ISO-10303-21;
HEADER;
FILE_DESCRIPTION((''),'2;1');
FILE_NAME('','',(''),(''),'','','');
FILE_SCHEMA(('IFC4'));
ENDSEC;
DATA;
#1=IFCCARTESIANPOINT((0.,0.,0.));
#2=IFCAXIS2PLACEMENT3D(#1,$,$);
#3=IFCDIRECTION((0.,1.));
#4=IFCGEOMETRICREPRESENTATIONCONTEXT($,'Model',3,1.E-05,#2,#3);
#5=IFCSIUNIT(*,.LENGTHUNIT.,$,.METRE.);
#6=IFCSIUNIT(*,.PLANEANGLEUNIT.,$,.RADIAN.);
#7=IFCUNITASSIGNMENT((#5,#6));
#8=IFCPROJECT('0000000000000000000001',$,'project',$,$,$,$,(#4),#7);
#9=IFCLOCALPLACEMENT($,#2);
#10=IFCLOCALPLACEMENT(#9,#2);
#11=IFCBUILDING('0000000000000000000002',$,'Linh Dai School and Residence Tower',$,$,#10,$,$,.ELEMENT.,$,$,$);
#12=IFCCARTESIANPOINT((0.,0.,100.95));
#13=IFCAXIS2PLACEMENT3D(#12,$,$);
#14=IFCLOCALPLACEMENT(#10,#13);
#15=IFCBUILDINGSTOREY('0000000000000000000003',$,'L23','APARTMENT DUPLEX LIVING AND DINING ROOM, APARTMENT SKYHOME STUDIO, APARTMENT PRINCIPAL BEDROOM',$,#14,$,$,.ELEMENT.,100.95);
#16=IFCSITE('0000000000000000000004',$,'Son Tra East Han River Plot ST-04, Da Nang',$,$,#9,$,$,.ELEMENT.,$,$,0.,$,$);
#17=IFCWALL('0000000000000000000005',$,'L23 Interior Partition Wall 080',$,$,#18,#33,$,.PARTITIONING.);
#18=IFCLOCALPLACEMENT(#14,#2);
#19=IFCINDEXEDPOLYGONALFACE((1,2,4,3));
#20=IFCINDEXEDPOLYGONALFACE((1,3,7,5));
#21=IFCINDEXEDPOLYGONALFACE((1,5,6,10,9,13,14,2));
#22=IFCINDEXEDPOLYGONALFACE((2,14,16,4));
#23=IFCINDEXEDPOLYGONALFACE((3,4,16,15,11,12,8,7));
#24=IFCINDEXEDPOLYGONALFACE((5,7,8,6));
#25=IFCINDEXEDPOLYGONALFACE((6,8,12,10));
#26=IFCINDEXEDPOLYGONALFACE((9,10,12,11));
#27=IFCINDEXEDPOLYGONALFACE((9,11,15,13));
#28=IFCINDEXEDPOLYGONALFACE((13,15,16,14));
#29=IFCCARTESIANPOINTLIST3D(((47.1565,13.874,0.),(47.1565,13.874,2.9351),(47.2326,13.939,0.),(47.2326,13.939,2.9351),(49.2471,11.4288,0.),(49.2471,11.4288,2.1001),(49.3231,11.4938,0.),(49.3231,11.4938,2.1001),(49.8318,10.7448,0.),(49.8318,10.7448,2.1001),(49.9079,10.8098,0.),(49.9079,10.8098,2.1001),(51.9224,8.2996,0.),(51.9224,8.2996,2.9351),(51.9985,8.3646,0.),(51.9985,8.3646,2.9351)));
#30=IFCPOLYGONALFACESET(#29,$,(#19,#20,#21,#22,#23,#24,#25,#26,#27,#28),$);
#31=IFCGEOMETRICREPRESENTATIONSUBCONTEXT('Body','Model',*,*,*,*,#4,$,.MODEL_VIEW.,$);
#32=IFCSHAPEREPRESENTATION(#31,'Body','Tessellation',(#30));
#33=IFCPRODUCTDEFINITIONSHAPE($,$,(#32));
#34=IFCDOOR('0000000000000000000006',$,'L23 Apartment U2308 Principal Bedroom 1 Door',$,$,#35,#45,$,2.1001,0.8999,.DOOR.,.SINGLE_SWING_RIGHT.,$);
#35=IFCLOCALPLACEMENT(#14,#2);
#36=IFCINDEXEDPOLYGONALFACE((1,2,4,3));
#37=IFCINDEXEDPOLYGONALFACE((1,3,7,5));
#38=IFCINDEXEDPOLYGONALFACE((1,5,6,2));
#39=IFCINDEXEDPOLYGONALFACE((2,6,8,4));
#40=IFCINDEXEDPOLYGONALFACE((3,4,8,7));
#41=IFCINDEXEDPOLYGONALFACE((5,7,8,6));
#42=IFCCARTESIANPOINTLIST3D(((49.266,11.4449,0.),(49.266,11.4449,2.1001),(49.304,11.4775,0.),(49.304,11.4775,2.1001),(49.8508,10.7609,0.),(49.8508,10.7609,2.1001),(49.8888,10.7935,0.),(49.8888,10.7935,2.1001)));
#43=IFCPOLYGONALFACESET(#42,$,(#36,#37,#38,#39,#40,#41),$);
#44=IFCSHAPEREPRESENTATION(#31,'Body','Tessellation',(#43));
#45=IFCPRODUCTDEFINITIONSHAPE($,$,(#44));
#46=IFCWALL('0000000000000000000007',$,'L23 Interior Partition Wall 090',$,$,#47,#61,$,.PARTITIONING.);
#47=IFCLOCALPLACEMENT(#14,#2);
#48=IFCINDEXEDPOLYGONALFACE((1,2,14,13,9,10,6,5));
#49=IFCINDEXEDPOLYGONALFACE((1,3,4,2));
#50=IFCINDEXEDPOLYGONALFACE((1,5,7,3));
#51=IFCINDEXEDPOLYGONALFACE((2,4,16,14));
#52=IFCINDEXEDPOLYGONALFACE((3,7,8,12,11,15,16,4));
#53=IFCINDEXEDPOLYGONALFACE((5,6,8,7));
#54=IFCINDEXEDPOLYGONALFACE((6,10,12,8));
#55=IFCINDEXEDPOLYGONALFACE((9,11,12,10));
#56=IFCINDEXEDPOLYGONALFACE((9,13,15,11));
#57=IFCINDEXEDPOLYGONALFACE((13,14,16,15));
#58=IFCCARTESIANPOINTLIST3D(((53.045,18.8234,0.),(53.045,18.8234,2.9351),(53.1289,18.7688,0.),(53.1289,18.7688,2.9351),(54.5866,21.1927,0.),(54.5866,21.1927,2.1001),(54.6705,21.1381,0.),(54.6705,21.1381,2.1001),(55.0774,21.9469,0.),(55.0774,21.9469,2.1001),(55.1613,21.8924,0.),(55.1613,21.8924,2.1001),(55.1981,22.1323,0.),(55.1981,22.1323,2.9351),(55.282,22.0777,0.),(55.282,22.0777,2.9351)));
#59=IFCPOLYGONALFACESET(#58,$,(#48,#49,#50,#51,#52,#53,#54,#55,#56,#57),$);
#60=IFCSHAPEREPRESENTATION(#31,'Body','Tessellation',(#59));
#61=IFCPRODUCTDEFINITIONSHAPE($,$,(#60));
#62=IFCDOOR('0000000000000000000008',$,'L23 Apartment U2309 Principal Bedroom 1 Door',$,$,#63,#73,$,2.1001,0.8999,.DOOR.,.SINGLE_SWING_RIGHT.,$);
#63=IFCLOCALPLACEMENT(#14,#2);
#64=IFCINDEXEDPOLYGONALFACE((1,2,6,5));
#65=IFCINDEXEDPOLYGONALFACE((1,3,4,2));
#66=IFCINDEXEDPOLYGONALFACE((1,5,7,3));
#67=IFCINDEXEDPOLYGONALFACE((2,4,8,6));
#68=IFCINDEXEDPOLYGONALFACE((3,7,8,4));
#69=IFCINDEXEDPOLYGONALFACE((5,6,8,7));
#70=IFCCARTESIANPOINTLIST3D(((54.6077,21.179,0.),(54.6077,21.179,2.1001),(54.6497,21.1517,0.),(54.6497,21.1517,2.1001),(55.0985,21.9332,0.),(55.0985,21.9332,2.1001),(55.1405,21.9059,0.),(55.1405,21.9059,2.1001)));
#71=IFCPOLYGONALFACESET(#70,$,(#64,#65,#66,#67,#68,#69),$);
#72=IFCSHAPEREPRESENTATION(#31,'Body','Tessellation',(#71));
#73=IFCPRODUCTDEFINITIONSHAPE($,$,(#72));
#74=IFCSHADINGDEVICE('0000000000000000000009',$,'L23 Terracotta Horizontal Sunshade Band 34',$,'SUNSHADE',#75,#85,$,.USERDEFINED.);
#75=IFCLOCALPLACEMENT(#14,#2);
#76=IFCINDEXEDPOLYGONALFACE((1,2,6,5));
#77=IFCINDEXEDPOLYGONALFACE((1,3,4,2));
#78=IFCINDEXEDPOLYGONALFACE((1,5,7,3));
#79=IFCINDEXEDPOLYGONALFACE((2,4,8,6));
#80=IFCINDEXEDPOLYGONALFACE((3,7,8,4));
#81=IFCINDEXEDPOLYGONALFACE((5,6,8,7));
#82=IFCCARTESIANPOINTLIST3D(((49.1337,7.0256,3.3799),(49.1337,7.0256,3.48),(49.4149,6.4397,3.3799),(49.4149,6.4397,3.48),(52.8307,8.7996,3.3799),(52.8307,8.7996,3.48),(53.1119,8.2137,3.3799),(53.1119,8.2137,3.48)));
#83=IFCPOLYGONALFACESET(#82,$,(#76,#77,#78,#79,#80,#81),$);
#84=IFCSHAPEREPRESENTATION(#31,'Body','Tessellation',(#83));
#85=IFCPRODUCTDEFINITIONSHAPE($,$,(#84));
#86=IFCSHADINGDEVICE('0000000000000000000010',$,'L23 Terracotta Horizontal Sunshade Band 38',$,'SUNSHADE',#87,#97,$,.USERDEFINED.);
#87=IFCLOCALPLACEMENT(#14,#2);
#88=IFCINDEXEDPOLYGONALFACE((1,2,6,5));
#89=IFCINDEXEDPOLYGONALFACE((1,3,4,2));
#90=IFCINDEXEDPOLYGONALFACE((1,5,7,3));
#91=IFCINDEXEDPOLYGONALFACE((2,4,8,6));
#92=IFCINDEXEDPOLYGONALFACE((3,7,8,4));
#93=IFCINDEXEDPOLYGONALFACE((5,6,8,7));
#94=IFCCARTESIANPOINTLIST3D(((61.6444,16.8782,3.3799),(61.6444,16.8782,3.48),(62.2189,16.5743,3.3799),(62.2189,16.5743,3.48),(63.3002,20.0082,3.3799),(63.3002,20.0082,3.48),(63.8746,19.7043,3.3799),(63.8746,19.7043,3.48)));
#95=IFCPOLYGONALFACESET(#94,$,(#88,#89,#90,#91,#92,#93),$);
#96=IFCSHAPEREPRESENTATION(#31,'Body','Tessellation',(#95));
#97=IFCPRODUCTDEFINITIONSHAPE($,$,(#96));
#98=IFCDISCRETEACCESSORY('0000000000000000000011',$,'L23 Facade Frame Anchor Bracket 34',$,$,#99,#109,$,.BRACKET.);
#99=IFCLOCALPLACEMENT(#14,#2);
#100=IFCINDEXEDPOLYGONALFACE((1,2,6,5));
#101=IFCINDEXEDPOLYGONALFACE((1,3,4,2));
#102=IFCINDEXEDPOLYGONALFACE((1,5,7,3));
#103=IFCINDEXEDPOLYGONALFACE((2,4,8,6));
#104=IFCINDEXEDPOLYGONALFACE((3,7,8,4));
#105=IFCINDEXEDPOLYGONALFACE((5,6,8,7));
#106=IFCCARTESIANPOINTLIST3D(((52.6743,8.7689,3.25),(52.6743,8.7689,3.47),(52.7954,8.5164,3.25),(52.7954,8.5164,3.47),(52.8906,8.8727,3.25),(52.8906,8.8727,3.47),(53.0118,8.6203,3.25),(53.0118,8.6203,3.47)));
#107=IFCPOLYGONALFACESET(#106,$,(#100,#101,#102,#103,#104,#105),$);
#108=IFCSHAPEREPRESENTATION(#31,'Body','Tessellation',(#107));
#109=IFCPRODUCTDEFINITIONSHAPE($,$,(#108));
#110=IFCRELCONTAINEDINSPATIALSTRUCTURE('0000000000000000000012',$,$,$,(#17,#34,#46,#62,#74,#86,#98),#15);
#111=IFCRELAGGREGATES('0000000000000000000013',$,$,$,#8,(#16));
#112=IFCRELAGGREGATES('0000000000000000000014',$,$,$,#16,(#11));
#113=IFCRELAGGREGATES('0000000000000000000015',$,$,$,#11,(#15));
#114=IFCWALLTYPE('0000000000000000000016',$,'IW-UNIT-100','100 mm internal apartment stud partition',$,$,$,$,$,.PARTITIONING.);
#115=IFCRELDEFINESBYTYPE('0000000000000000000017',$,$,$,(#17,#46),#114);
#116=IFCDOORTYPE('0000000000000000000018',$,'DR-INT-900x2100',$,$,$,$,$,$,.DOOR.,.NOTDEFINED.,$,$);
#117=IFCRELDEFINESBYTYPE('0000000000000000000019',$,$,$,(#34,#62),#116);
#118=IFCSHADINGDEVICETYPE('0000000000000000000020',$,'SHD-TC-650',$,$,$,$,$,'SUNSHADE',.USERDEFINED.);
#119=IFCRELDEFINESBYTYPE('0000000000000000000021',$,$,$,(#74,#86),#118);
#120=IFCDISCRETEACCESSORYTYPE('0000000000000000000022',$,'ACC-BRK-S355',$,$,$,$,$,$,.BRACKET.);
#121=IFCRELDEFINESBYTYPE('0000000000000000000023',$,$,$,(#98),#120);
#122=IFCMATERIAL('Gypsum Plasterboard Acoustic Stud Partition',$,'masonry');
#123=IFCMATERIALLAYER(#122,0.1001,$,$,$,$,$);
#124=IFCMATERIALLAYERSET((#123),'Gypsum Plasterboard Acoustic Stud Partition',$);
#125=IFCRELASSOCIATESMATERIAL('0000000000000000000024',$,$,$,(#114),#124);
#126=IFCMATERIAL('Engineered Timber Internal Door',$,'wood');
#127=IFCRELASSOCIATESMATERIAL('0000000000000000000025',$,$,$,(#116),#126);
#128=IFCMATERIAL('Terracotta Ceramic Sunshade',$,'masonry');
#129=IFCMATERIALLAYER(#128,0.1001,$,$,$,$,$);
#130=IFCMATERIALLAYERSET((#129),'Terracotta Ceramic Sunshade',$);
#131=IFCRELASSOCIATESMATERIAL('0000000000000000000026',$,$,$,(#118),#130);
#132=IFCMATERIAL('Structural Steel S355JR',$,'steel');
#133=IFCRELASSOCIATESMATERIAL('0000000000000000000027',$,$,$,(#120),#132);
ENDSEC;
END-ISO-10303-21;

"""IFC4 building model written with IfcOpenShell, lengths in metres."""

from ifc_helpers import new_model, si_unit, direction, frame, frame_2d, origin, origin_2d, place, context, subcontext, project, spatial, rectangle, extrude, source, transform, mapped, material, layer, layer_set, type_object, element, fill, save


model = new_model("IFC4")

# Units and contexts
model_context = context("Model", 3, precision=1e-05, world=origin(), true_north=direction((0.0, 1.0)))
body_context = subcontext(model_context, "Body", "Model", "MODEL_VIEW")
ifc_project = project(units=[si_unit("LENGTHUNIT", "METRE"), si_unit("PLANEANGLEUNIT", "RADIAN")], contexts=[model_context])

# Site, building, storey
site_placement = place(None, origin())
site = spatial("IfcSite", under=ifc_project, at=site_placement, Name="Son Tra East Han River Plot ST-04, Da Nang", CompositionType="ELEMENT", RefElevation=0.0)
building_placement = place(site_placement, origin())
building = spatial("IfcBuilding", under=site, at=building_placement, Name="Linh Dai School and Residence Tower", CompositionType="ELEMENT")
storey_placement = place(building_placement, frame((0.0, 0.0, 100.95)))
storey = spatial("IfcBuildingStorey", under=building, at=storey_placement, Name="L23", Description="APARTMENT DUPLEX LIVING AND DINING ROOM, APARTMENT SKYHOME STUDIO, APARTMENT PRINCIPAL BEDROOM", CompositionType="ELEMENT", Elevation=100.95)

# Shared definitions
ifc_material_1 = material(Name="Structural Steel S355JR", Category="steel")

# Walls, openings, doors
ifc_material_2 = material(Name="Gypsum Plasterboard Acoustic Stud Partition", Category="masonry")
ifc_layer_1 = layer(ifc_material_2, 0.1001)
ifc_layer_set_1 = layer_set([ifc_layer_1], Name="Gypsum Plasterboard Acoustic Stud Partition")
wall_type_1 = type_object("IfcWallType", Name="IW-UNIT-100", Description="100 mm internal apartment stud partition", PredefinedType="PARTITIONING", material=ifc_layer_set_1)
wall_1_placement = place(storey_placement, frame((47.1946, 13.9065, 0.0), z_axis=(0.0, 0.0, 1.0), x_axis=(0.649829, -0.760081, 0.0)))
wall_1 = element("IfcWall", 1, at=wall_1_placement, inside=storey, type_object=wall_type_1, Name="L23 Interior Partition Wall 080", PredefinedType="PARTITIONING", context=body_context, shape_type="SweptSolid", body=[
    extrude(rectangle(XDim=7.334, YDim=0.1001, at=frame_2d((3.667, 0.0))), origin(), (0.0, 0.0, 1.0), 2.9351),
])
opening_1_placement = place(wall_1_placement, frame((3.217, 0.0, 0.0)))
opening_1 = element("IfcOpeningElement", 2, at=opening_1_placement, cuts=wall_1, PredefinedType="OPENING", context=body_context, shape_type="SweptSolid", body=[
    extrude(rectangle(XDim=0.8999, YDim=2.1001, at=origin_2d()), frame((0.45, 0.0601, 1.05), z_axis=(0.0, -1.0, 0.0), x_axis=(1.0, 0.0, 0.0)), (0.0, 0.0, 1.0), 0.1201),
])
ifc_material_3 = material(Name="Engineered Timber Internal Door", Category="wood")
door_type_1 = type_object("IfcDoorType", Name="DR-INT-900x2100", OperationType="NOTDEFINED", PredefinedType="DOOR", material=ifc_material_3)
shared_shape_1 = source(origin(), body_context, "Body", "SweptSolid", [
    extrude(rectangle(XDim=0.8999, YDim=2.1001, at=origin_2d()), frame((0.45, 0.0249, 1.05), z_axis=(0.0, -1.0, 0.0), x_axis=(1.0, 0.0, 0.0)), (0.0, 0.0, 1.0), 0.05),
])
door_1_placement = place(opening_1_placement, origin())
door_1 = element("IfcDoor", 3, at=door_1_placement, inside=storey, type_object=door_type_1, Name="L23 Apartment U2308 Principal Bedroom 1 Door", OperationType="SINGLE_SWING_RIGHT", OverallHeight=2.1001, OverallWidth=0.8999, PredefinedType="DOOR", context=body_context, shape_type="MappedRepresentation", body=[
    mapped(shared_shape_1, transform((0.0, 0.0, 0.0), x_axis=(1.0, 0.0, 0.0), y_axis=(0.0, 1.0, 0.0), z_axis=(0.0, 0.0, 1.0), scale=1.0)),
])
fill(opening_1, door_1)
wall_2_placement = place(storey_placement, frame((53.0869, 18.7961, 0.0), z_axis=(0.0, 0.0, 1.0), x_axis=(0.545403, 0.838174, 0.0)))
wall_2 = element("IfcWall", 4, at=wall_2_placement, inside=storey, type_object=wall_type_1, Name="L23 Interior Partition Wall 090", PredefinedType="PARTITIONING", context=body_context, shape_type="SweptSolid", body=[
    extrude(rectangle(XDim=3.9478, YDim=0.1001, at=frame_2d((1.9739, 0.0))), origin(), (0.0, 0.0, 1.0), 2.9351),
])
opening_2_placement = place(wall_2_placement, frame((2.8267, 0.0, 0.0)))
opening_2 = element("IfcOpeningElement", 5, at=opening_2_placement, cuts=wall_2, PredefinedType="OPENING", context=body_context, shape_type="SweptSolid", body=[
    extrude(rectangle(XDim=0.8999, YDim=2.1001, at=origin_2d()), frame((0.45, 0.0601, 1.05), z_axis=(0.0, -1.0, 0.0), x_axis=(1.0, 0.0, 0.0)), (0.0, 0.0, 1.0), 0.1201),
])
door_2_placement = place(opening_2_placement, origin())
door_2 = element("IfcDoor", 6, at=door_2_placement, inside=storey, type_object=door_type_1, Name="L23 Apartment U2309 Principal Bedroom 1 Door", OperationType="SINGLE_SWING_RIGHT", OverallHeight=2.1001, OverallWidth=0.8999, PredefinedType="DOOR", context=body_context, shape_type="MappedRepresentation", body=[
    mapped(shared_shape_1, transform((0.0, 0.0, 0.0), x_axis=(1.0, 0.0, 0.0), y_axis=(0.0, 1.0, 0.0), z_axis=(0.0, 0.0, 1.0), scale=1.0)),
])
fill(opening_2, door_2)

# Shading devices
ifc_material_4 = material(Name="Terracotta Ceramic Sunshade", Category="masonry")
ifc_layer_2 = layer(ifc_material_4, 0.1001)
ifc_layer_set_2 = layer_set([ifc_layer_2], Name="Terracotta Ceramic Sunshade")
shading_device_type = type_object("IfcShadingDeviceType", Name="SHD-TC-650", ElementType="SUNSHADE", PredefinedType="USERDEFINED", material=ifc_layer_set_2)
shared_shape_2 = source(origin(), body_context, "Body", "SweptSolid", [
    extrude(rectangle(XDim=4.1006, YDim=0.6499, at=origin_2d()), origin(), (0.0, 0.0, 1.0), 0.1001),
])
shading_device_1_placement = place(storey_placement, frame((51.1228, 7.6196, 3.3799), z_axis=(0.0, 0.0, 1.0), x_axis=(-0.901578, -0.432618, 0.0)))
element("IfcShadingDevice", 7, at=shading_device_1_placement, inside=storey, type_object=shading_device_type, Name="L23 Terracotta Horizontal Sunshade Band 34", ObjectType="SUNSHADE", PredefinedType="USERDEFINED", context=body_context, shape_type="MappedRepresentation", body=[
    mapped(shared_shape_2, transform((0.0, 0.0, 0.0), x_axis=(1.0, 0.0, 0.0), y_axis=(0.0, 1.0, 0.0), z_axis=(0.0, 0.0, 1.0), scale=1.0)),
])
shared_shape_3 = source(origin(), body_context, "Body", "SweptSolid", [
    extrude(rectangle(XDim=3.541, YDim=0.6499, at=origin_2d()), origin(), (0.0, 0.0, 1.0), 0.1001),
])
shading_device_2_placement = place(storey_placement, frame((62.7595, 18.2913, 3.3799), z_axis=(0.0, 0.0, 1.0), x_axis=(-0.467596, -0.883942, 0.0)))
element("IfcShadingDevice", 8, at=shading_device_2_placement, inside=storey, type_object=shading_device_type, Name="L23 Terracotta Horizontal Sunshade Band 38", ObjectType="SUNSHADE", PredefinedType="USERDEFINED", context=body_context, shape_type="MappedRepresentation", body=[
    mapped(shared_shape_3, transform((0.0, 0.0, 0.0), x_axis=(1.0, 0.0, 0.0), y_axis=(0.0, 1.0, 0.0), z_axis=(0.0, 0.0, 1.0), scale=1.0)),
])

# Discrete accessory
discrete_accessory_type = type_object("IfcDiscreteAccessoryType", Name="ACC-BRK-S355", PredefinedType="BRACKET", material=ifc_material_1)
shared_shape_4 = source(origin(), body_context, "Body", "SweptSolid", [
    extrude(rectangle(XDim=0.28, YDim=0.24, at=origin_2d()), origin(), (0.0, 0.0, 1.0), 0.22),
])
discrete_accessory_placement = place(storey_placement, frame((52.843, 8.6946, 3.25), z_axis=(0.0, 0.0, 1.0), x_axis=(0.432618, -0.901578, 0.0)))
element("IfcDiscreteAccessory", 9, at=discrete_accessory_placement, inside=storey, type_object=discrete_accessory_type, Name="L23 Facade Frame Anchor Bracket 34", PredefinedType="BRACKET", context=body_context, shape_type="MappedRepresentation", body=[
    mapped(shared_shape_4, transform((0.0, 0.0, 0.0), x_axis=(1.0, 0.0, 0.0), y_axis=(0.0, 1.0, 0.0), z_axis=(0.0, 0.0, 1.0), scale=1.0)),
])

save(model, "model.ifc")
